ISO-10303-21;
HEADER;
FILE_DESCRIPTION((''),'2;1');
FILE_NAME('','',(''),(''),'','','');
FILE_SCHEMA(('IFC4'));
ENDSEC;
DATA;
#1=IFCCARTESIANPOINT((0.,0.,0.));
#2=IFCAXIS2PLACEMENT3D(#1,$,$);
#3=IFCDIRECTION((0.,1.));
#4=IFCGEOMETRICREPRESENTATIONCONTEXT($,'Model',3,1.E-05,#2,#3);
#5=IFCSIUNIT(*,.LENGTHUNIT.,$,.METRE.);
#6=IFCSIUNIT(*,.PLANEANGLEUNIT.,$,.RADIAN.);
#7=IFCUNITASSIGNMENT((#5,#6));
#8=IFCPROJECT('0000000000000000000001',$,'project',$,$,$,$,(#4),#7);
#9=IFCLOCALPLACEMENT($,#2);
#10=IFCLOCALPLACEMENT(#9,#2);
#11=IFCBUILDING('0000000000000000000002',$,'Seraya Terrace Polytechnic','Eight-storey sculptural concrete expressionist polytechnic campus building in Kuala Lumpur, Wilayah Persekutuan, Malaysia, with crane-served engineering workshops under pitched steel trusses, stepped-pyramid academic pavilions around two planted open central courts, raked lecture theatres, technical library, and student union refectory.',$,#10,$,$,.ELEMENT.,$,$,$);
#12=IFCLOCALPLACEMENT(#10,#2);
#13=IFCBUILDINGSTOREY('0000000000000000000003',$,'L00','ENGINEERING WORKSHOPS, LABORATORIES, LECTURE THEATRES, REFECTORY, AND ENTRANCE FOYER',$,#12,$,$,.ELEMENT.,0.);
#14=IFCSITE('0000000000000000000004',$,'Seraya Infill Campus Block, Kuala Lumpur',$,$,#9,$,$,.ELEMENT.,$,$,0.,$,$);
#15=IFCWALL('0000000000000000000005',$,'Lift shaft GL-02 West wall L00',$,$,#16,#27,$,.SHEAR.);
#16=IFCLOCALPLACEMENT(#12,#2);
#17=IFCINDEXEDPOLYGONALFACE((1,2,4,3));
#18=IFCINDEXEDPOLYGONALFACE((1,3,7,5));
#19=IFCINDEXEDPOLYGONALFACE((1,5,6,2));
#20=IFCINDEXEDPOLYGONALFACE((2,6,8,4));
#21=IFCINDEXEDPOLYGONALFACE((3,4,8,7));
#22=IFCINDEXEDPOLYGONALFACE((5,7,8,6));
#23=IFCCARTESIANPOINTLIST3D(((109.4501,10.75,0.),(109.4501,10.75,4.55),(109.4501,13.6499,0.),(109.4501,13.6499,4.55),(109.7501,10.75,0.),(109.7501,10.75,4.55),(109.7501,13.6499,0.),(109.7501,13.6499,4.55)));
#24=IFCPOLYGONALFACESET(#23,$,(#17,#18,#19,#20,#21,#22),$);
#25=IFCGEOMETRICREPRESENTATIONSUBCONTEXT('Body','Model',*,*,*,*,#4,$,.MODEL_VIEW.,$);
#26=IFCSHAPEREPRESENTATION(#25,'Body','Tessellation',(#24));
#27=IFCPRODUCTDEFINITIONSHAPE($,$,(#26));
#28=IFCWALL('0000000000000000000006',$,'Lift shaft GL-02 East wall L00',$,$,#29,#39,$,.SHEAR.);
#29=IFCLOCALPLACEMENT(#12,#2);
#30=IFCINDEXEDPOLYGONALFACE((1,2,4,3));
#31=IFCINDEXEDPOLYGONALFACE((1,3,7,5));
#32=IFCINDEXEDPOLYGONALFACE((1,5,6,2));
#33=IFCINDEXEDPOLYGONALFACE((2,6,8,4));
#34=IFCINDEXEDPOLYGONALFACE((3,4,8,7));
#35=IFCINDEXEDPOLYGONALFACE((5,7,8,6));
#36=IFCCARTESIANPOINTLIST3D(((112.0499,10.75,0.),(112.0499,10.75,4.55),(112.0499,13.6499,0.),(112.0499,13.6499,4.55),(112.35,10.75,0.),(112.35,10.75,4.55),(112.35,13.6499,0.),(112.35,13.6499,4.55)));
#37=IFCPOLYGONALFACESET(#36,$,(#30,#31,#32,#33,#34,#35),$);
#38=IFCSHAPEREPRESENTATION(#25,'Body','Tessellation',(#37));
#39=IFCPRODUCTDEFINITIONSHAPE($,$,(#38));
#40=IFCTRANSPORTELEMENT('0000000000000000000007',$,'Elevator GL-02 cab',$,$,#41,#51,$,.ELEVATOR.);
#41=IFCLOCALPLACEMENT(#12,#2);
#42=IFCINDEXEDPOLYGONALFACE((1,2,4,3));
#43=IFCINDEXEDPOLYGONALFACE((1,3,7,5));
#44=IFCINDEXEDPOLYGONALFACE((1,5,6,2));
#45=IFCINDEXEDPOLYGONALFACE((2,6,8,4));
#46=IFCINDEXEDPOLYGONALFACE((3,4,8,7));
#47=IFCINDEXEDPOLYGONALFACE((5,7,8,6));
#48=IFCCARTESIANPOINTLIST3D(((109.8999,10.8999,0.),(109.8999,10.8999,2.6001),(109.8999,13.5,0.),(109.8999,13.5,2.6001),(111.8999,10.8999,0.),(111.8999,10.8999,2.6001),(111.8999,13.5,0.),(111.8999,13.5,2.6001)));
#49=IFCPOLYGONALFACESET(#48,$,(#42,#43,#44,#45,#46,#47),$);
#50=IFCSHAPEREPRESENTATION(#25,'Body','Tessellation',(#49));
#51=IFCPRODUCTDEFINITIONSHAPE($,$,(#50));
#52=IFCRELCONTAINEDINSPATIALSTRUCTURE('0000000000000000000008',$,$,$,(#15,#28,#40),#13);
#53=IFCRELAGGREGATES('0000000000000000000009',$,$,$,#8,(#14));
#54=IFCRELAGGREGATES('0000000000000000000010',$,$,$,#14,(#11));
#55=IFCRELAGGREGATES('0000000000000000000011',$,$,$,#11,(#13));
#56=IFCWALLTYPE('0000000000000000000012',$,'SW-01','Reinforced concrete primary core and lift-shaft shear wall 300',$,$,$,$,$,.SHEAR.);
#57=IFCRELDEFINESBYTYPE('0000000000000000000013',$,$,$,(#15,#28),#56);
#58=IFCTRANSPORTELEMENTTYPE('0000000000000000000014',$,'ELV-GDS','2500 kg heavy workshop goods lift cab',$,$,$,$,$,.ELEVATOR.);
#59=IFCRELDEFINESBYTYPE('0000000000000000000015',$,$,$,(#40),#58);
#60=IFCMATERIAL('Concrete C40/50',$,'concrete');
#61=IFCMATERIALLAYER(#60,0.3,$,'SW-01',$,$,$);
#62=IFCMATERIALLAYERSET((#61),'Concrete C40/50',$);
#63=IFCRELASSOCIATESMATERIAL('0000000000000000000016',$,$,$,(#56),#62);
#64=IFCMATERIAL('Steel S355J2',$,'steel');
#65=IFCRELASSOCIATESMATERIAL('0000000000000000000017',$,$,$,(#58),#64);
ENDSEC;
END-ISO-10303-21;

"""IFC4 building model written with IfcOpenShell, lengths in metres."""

from ifc_helpers import new_model, si_unit, direction, frame, frame_2d, origin, origin_2d, place, context, subcontext, project, spatial, rectangle, extrude, material, layer, layer_set, type_object, element, save


model = new_model("IFC4")

# Units and contexts
model_context = context("Model", 3, precision=1e-05, world=origin(), true_north=direction((0.0, 1.0)))
body_context = subcontext(model_context, "Body", "Model", "MODEL_VIEW")
ifc_project = project(units=[si_unit("LENGTHUNIT", "METRE"), si_unit("PLANEANGLEUNIT", "RADIAN")], contexts=[model_context])

# Site, building, storey
site_placement = place(None, origin())
site = spatial("IfcSite", under=ifc_project, at=site_placement, Name="Seraya Infill Campus Block, Kuala Lumpur", CompositionType="ELEMENT", RefElevation=0.0)
building_placement = place(site_placement, origin())
building = spatial("IfcBuilding", under=site, at=building_placement, Name="Seraya Terrace Polytechnic", Description="Eight-storey sculptural concrete expressionist polytechnic campus building in Kuala Lumpur, Wilayah Persekutuan, Malaysia, with crane-served engineering workshops under pitched steel trusses, stepped-pyramid academic pavilions around two planted open central courts, raked lecture theatres, technical library, and student union refectory.", CompositionType="ELEMENT")
storey_placement = place(building_placement, origin())
storey = spatial("IfcBuildingStorey", under=building, at=storey_placement, Name="L00", Description="ENGINEERING WORKSHOPS, LABORATORIES, LECTURE THEATRES, REFECTORY, AND ENTRANCE FOYER", CompositionType="ELEMENT", Elevation=0.0)

# Shared definitions
ifc_material_1 = material(Name="Concrete C40/50", Category="concrete")

# Shared definitions
ifc_material_2 = material(Name="Steel S355J2", Category="steel")

# Shared definitions
ifc_layer_1 = layer(ifc_material_1, 0.3, Name="SW-01")
ifc_layer_set_1 = layer_set([ifc_layer_1], Name="Concrete C40/50")
wall_type_1 = type_object("IfcWallType", Name="SW-01", Description="Reinforced concrete primary core and lift-shaft shear wall 300", PredefinedType="SHEAR", material=ifc_layer_set_1)

# Walls
for number, where, z_axis, x_axis, name in (
    (1, (109.6001, 10.75, 0.0), (0.0, 0.0, 1.0), (0.0, 1.0, 0.0), "Lift shaft GL-02 West wall L00"),
    (2, (112.2, 10.75, 0.0), (0.0, 0.0, 1.0), (0.0, 1.0, 0.0), "Lift shaft GL-02 East wall L00"),
):
    element("IfcWall", number, at=place(storey_placement, frame(where, z_axis=z_axis, x_axis=x_axis)), inside=storey, type_object=wall_type_1, Name=name, PredefinedType="SHEAR", context=body_context, shape_type="SweptSolid", body=[
        extrude(rectangle(XDim=2.8999, YDim=0.3, at=frame_2d((1.45, 0.0))), origin(), (0.0, 0.0, 1.0), 4.55),
    ])

# Transport element
transport_element_type = type_object("IfcTransportElementType", Name="ELV-GDS", Description="2500 kg heavy workshop goods lift cab", PredefinedType="ELEVATOR", material=ifc_material_2)
transport_element_placement = place(storey_placement, frame((110.8999, 12.2, 0.0), z_axis=(0.0, 0.0, 1.0), x_axis=(1.0, 0.0, 0.0)))
element("IfcTransportElement", 3, at=transport_element_placement, inside=storey, type_object=transport_element_type, Name="Elevator GL-02 cab", PredefinedType="ELEVATOR", context=body_context, shape_type="SweptSolid", body=[
    extrude(rectangle(XDim=2.0, YDim=2.6001, at=origin_2d()), origin(), (0.0, 0.0, 1.0), 2.6001),
])

save(model, "model.ifc")
